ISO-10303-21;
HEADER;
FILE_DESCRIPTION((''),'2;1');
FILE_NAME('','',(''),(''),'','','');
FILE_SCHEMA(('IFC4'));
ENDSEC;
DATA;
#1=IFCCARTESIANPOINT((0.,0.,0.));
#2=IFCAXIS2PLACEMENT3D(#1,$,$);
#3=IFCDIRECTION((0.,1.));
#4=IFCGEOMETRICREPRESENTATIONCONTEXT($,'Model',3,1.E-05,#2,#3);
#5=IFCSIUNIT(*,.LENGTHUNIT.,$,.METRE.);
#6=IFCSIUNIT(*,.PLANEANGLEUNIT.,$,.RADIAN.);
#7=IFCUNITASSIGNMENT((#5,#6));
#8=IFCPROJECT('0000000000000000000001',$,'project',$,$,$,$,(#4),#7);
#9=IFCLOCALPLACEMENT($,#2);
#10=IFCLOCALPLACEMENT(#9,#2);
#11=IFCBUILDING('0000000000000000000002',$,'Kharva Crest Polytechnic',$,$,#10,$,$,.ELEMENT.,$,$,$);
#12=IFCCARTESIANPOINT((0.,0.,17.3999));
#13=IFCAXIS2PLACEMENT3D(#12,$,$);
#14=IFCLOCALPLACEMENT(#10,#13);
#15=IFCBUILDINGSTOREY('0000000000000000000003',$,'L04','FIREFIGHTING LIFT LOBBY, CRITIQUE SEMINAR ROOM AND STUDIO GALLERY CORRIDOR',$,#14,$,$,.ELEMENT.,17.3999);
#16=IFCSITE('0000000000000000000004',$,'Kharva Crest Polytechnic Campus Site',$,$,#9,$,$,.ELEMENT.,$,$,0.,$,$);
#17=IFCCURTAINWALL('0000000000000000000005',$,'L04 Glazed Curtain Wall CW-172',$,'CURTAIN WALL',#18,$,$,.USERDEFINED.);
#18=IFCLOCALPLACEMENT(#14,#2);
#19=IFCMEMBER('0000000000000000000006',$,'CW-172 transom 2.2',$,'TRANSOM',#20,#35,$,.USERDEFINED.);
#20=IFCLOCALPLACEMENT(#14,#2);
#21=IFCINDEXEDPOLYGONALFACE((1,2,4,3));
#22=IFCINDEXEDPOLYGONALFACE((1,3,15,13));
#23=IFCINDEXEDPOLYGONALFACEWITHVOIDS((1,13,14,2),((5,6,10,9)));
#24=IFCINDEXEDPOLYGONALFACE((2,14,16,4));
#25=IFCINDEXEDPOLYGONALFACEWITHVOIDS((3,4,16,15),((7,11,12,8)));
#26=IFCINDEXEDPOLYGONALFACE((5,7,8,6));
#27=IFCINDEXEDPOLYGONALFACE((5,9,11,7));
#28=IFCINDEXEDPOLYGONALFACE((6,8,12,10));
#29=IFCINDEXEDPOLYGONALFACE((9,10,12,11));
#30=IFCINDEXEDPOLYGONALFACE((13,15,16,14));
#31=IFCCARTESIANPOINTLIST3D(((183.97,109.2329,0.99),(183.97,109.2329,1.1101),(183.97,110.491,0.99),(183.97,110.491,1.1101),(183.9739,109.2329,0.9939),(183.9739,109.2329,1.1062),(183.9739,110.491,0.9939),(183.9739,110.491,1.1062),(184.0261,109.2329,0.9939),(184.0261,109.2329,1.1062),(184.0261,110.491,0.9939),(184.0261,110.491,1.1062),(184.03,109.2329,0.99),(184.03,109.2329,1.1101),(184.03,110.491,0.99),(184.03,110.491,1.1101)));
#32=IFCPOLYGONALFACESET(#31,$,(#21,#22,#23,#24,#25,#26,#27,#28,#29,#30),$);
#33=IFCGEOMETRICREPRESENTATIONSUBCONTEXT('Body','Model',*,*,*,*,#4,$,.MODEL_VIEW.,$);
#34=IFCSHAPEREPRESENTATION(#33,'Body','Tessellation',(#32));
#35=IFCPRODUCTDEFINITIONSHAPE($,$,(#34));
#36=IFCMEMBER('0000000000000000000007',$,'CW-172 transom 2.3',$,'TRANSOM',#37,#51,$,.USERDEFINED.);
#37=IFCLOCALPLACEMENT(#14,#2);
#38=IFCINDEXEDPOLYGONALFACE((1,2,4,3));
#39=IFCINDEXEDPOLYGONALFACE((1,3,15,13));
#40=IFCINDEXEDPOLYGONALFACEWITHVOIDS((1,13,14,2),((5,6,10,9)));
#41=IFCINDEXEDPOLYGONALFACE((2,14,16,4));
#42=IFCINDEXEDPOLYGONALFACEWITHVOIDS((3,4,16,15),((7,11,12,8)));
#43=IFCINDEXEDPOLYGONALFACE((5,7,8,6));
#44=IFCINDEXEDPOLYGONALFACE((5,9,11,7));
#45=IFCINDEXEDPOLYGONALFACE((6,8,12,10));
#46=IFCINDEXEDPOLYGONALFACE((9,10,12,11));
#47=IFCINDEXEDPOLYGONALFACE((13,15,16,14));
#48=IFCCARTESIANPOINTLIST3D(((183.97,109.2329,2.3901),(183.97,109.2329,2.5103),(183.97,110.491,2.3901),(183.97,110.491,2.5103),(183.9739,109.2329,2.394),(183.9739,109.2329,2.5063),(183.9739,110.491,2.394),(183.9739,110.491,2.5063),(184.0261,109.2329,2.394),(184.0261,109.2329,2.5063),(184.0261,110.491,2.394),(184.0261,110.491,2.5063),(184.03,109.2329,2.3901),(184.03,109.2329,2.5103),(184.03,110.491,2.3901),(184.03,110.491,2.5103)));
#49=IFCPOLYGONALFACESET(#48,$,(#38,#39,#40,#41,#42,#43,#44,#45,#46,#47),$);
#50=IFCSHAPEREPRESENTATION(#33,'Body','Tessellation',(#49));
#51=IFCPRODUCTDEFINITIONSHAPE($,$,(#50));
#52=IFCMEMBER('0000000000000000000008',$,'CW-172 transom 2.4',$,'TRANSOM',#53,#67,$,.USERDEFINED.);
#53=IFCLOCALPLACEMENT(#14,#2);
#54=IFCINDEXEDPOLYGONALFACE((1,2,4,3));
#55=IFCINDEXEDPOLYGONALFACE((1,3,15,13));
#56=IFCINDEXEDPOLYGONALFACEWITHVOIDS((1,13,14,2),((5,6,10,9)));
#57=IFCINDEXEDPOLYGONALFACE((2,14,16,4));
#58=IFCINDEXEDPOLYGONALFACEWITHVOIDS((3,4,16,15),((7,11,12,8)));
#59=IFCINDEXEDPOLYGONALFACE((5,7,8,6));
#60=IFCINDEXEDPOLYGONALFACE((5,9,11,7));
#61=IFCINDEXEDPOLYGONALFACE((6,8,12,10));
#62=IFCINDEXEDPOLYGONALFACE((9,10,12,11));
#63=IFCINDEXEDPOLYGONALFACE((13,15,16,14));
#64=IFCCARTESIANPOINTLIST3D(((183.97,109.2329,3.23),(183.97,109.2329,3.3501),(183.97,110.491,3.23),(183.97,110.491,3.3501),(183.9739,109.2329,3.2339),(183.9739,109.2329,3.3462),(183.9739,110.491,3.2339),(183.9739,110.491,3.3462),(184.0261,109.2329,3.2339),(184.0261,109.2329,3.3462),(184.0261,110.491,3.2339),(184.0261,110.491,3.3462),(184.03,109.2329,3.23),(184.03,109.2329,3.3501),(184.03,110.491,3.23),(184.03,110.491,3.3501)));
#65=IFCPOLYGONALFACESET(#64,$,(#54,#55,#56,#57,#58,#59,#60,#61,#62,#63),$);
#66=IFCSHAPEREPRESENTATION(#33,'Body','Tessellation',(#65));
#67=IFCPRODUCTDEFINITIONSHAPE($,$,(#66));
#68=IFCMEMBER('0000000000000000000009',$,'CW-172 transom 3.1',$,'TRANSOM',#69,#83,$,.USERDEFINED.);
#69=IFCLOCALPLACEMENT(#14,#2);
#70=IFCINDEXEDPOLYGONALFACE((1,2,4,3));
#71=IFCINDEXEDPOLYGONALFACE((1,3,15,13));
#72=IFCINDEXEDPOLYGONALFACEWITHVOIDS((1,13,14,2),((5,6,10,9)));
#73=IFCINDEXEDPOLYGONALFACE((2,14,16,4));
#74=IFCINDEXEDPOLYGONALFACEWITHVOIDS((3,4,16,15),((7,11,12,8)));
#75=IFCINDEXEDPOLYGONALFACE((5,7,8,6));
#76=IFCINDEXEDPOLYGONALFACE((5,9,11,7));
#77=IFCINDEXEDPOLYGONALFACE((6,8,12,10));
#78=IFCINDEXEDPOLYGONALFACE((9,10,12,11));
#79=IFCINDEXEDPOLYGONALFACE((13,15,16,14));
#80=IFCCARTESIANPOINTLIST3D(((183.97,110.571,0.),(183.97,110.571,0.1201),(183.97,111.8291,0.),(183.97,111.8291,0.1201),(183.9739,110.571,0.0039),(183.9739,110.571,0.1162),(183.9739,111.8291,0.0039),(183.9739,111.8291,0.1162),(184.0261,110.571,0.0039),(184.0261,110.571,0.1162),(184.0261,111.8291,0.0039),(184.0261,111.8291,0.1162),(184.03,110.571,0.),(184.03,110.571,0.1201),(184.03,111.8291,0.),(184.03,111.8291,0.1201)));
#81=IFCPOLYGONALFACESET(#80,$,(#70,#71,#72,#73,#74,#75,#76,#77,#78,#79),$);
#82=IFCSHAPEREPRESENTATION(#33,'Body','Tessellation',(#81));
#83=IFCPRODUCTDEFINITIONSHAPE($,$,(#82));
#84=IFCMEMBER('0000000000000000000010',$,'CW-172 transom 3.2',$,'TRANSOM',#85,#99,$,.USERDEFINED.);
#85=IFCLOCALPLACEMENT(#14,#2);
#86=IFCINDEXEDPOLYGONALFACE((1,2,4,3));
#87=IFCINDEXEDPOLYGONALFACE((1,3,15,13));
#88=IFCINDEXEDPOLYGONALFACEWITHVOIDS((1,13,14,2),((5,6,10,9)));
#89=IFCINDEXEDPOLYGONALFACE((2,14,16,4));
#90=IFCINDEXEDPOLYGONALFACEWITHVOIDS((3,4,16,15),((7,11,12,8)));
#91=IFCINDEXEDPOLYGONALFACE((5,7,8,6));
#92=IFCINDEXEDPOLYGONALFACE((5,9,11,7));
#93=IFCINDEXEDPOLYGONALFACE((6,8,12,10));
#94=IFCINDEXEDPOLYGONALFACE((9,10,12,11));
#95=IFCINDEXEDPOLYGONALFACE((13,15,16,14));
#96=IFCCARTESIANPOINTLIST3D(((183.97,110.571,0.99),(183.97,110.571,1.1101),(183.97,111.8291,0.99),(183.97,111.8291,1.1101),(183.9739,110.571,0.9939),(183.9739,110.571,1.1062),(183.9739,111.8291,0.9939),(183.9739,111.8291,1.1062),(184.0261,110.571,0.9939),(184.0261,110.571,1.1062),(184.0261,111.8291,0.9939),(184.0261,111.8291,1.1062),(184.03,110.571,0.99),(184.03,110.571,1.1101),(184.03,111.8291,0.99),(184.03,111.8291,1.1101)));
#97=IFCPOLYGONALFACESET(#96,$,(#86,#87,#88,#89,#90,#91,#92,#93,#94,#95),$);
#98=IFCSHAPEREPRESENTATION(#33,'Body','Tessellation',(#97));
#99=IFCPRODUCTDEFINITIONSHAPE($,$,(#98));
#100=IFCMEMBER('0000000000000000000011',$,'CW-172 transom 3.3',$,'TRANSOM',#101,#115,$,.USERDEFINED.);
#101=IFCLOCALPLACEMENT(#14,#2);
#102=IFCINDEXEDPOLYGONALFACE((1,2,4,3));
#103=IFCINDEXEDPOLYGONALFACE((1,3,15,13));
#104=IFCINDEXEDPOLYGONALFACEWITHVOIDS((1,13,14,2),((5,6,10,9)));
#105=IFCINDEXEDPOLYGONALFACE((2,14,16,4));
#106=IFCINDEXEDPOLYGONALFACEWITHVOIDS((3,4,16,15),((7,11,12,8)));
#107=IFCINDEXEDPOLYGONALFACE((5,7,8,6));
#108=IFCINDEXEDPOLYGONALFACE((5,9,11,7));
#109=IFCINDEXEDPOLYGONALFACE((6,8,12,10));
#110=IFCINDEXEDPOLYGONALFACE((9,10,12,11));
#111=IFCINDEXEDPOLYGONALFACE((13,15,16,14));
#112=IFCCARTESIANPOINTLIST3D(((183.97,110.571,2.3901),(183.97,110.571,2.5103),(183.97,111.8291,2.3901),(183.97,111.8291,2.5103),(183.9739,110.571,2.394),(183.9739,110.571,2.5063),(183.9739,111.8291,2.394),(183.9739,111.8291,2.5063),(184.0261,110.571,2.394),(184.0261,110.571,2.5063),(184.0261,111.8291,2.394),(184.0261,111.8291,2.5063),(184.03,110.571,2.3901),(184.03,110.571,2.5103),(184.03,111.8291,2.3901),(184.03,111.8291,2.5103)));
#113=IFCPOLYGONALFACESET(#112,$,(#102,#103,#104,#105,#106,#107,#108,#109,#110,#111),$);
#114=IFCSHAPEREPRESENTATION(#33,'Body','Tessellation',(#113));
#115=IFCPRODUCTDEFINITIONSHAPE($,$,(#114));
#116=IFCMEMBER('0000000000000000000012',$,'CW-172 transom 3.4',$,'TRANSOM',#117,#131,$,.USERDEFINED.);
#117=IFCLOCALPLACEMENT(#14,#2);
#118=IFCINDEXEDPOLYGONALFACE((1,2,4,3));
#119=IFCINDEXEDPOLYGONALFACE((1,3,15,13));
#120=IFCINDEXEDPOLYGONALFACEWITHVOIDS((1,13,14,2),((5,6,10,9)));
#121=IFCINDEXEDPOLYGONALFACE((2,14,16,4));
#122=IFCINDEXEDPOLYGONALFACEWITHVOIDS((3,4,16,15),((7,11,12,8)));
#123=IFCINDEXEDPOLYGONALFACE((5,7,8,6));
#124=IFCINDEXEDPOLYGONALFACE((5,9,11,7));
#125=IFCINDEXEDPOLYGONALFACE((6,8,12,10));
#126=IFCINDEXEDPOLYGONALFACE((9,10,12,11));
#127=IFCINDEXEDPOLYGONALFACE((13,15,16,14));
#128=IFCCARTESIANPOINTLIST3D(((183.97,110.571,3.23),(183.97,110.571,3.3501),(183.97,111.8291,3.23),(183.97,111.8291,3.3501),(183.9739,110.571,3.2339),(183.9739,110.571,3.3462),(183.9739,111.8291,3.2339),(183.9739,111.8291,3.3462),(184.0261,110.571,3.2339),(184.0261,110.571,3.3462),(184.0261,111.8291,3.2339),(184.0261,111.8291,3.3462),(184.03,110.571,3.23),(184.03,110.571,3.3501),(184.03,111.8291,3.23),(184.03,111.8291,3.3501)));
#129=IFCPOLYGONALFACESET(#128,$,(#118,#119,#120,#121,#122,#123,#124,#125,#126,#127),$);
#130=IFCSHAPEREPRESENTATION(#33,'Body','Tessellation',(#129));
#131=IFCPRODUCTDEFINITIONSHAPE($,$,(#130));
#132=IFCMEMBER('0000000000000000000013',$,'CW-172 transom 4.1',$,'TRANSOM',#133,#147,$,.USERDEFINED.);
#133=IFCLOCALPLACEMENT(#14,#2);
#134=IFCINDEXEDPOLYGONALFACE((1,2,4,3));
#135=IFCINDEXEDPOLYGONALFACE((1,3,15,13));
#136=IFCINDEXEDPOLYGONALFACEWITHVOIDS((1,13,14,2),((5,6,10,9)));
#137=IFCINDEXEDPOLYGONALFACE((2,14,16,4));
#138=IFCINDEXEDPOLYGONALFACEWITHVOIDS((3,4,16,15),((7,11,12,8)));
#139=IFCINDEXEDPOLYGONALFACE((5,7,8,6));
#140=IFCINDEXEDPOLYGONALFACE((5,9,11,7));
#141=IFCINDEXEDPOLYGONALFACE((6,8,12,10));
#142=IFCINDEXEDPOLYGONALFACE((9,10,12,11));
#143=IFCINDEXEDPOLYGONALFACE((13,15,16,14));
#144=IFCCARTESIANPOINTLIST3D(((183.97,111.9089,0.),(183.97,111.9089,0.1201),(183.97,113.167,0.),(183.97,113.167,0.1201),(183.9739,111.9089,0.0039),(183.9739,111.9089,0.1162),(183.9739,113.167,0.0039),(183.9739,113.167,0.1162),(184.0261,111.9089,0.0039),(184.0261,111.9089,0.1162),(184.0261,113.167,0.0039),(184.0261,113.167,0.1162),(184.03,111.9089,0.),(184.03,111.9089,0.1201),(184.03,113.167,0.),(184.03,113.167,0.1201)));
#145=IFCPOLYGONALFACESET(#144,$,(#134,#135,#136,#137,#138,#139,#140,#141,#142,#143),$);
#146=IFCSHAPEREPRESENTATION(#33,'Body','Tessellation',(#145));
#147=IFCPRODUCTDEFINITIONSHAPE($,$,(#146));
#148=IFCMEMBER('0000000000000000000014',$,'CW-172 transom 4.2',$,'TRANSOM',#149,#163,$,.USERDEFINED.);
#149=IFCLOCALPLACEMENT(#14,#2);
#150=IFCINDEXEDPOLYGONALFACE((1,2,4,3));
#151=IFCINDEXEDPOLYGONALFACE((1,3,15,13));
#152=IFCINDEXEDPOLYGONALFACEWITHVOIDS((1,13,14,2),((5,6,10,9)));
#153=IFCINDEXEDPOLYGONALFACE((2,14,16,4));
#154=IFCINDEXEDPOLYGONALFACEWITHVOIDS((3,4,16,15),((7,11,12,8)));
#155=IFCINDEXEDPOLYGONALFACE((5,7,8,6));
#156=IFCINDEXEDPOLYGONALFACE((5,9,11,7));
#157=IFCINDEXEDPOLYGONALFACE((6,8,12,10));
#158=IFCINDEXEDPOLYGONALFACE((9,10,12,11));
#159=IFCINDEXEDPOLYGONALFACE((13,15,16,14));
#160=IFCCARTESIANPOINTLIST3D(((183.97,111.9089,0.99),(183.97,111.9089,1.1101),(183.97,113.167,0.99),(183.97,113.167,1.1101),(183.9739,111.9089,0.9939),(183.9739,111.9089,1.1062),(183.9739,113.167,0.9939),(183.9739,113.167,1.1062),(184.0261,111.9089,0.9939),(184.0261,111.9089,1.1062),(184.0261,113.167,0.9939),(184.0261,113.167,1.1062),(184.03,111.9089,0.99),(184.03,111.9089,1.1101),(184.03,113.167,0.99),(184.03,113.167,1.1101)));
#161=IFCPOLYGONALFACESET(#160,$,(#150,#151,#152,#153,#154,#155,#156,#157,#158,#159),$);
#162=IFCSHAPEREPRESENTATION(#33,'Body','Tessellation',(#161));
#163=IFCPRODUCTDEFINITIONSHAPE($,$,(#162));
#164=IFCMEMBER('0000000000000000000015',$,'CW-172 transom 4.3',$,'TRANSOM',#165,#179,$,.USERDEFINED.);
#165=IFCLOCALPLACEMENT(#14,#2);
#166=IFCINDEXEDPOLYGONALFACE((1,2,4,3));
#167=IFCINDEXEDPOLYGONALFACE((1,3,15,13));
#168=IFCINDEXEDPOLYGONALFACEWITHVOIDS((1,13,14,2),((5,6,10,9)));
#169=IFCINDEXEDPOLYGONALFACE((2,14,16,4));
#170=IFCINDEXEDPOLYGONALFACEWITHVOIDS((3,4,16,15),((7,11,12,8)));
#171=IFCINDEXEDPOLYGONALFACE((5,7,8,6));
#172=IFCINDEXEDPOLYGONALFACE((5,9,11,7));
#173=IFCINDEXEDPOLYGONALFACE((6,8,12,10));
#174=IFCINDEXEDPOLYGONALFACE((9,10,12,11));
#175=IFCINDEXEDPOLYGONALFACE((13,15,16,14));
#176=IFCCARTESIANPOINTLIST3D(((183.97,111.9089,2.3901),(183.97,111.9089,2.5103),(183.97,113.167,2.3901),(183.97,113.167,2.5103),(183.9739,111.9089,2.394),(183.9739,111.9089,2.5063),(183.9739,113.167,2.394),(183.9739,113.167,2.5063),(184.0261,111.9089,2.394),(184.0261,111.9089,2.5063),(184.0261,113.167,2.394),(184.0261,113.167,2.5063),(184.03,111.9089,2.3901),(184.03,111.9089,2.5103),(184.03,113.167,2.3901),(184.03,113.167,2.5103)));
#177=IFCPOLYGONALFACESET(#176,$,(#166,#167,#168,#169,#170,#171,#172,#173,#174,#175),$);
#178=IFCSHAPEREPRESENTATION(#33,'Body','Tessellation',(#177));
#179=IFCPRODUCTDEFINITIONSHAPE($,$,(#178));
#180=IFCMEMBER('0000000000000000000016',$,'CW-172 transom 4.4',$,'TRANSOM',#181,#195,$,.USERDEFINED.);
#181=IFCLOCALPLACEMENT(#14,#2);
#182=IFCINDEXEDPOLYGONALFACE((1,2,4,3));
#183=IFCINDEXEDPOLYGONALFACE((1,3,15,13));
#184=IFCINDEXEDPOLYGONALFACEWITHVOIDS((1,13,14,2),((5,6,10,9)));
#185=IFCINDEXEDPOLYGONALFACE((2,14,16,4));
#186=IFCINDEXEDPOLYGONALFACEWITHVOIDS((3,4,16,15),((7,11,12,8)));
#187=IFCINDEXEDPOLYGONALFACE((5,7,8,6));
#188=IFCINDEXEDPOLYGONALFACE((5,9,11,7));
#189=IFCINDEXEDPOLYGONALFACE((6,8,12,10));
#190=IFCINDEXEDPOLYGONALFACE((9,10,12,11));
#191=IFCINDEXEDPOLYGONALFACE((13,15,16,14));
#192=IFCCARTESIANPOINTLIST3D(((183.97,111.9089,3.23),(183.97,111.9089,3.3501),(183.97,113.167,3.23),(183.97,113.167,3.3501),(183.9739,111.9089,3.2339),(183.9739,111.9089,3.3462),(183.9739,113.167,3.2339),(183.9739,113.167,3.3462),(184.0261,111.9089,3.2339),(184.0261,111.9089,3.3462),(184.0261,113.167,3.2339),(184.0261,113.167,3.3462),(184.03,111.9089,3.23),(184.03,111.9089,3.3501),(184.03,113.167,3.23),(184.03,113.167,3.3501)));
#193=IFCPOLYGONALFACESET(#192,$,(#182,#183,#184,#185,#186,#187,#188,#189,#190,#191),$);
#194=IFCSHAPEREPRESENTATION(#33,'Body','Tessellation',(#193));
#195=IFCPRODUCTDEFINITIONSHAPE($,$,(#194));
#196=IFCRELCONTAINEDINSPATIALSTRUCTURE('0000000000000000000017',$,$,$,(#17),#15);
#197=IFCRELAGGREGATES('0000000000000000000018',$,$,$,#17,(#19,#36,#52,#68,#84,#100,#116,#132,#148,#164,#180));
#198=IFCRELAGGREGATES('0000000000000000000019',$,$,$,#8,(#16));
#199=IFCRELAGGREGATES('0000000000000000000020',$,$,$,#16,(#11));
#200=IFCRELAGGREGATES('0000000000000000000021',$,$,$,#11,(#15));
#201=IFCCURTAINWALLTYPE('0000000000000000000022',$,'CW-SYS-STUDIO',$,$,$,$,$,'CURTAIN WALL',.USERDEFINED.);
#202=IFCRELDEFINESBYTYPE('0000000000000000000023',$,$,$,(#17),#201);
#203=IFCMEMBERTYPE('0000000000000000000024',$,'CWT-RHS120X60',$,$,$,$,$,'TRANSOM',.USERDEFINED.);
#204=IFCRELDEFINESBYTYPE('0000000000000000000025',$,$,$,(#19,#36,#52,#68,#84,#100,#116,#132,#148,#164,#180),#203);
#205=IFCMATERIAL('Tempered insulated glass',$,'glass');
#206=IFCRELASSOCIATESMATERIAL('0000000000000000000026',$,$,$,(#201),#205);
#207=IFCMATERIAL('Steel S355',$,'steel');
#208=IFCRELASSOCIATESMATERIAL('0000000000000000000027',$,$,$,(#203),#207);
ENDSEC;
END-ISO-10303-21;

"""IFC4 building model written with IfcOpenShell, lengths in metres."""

from ifc_helpers import new_model, si_unit, direction, frame, origin, origin_2d, place, context, subcontext, project, spatial, hollow_rectangle, extrude, material, material_profile, profile_set, type_object, element, aggregate, save


model = new_model("IFC4")

# Units and contexts
model_context = context("Model", 3, precision=1e-05, world=origin(), true_north=direction((0.0, 1.0)))
body_context = subcontext(model_context, "Body", "Model", "MODEL_VIEW")
ifc_project = project(units=[si_unit("LENGTHUNIT", "METRE"), si_unit("PLANEANGLEUNIT", "RADIAN")], contexts=[model_context])

# Site, building, storey
site_placement = place(None, origin())
site = spatial("IfcSite", under=ifc_project, at=site_placement, Name="Kharva Crest Polytechnic Campus Site", CompositionType="ELEMENT", RefElevation=0.0)
building_placement = place(site_placement, origin())
building = spatial("IfcBuilding", under=site, at=building_placement, Name="Kharva Crest Polytechnic", CompositionType="ELEMENT")
storey_placement = place(building_placement, frame((0.0, 0.0, 17.3999)))
storey = spatial("IfcBuildingStorey", under=building, at=storey_placement, Name="L04", Description="FIREFIGHTING LIFT LOBBY, CRITIQUE SEMINAR ROOM AND STUDIO GALLERY CORRIDOR", CompositionType="ELEMENT", Elevation=17.3999)

# Curtain wall, members
ifc_material_1 = material(Name="Tempered insulated glass", Category="glass")
curtain_wall_type = type_object("IfcCurtainWallType", Name="CW-SYS-STUDIO", ElementType="CURTAIN WALL", PredefinedType="USERDEFINED", material=ifc_material_1)
curtain_wall_placement = place(storey_placement, origin())
curtain_wall = element("IfcCurtainWall", 1, at=curtain_wall_placement, inside=storey, type_object=curtain_wall_type, Name="L04 Glazed Curtain Wall CW-172", ObjectType="CURTAIN WALL", PredefinedType="USERDEFINED")
ifc_material_2 = material(Name="Steel S355", Category="steel")
ifc_material_profile_1 = material_profile(ifc_material_2, hollow_rectangle(XDim=0.0601, YDim=0.1201, WallThickness=0.0039, at=origin_2d()), Name="RHS 120X60X4.0")
ifc_profile_set_1 = profile_set([ifc_material_profile_1], Name="Steel S355")
member_type_1 = type_object("IfcMemberType", Name="CWT-RHS120X60", ElementType="TRANSOM", PredefinedType="USERDEFINED", material=ifc_profile_set_1)
member_1_placement = place(storey_placement, frame((184.0, 109.2329, 1.05), z_axis=(0.0, 1.0, 0.0), x_axis=(-1.0, 0.0, 0.0)))
member_1 = element("IfcMember", 2, at=member_1_placement, type_object=member_type_1, Name="CW-172 transom 2.2", ObjectType="TRANSOM", PredefinedType="USERDEFINED", context=body_context, shape_type="SweptSolid", body=[
    extrude(hollow_rectangle(XDim=0.0601, YDim=0.1201, WallThickness=0.0039, at=origin_2d()), origin(), (0.0, 0.0, 1.0), 1.2581),
])
member_2_placement = place(storey_placement, frame((184.0, 109.2329, 2.4502), z_axis=(0.0, 1.0, 0.0), x_axis=(-1.0, 0.0, 0.0)))
member_2 = element("IfcMember", 3, at=member_2_placement, type_object=member_type_1, Name="CW-172 transom 2.3", ObjectType="TRANSOM", PredefinedType="USERDEFINED", context=body_context, shape_type="SweptSolid", body=[
    extrude(hollow_rectangle(XDim=0.0601, YDim=0.1201, WallThickness=0.0039, at=origin_2d()), origin(), (0.0, 0.0, 1.0), 1.2581),
])
member_3_placement = place(storey_placement, frame((184.0, 109.2329, 3.29), z_axis=(0.0, 1.0, 0.0), x_axis=(-1.0, 0.0, 0.0)))
member_3 = element("IfcMember", 4, at=member_3_placement, type_object=member_type_1, Name="CW-172 transom 2.4", ObjectType="TRANSOM", PredefinedType="USERDEFINED", context=body_context, shape_type="SweptSolid", body=[
    extrude(hollow_rectangle(XDim=0.0601, YDim=0.1201, WallThickness=0.0039, at=origin_2d()), origin(), (0.0, 0.0, 1.0), 1.2581),
])
member_4_placement = place(storey_placement, frame((184.0, 110.571, 0.0601), z_axis=(0.0, 1.0, 0.0), x_axis=(-1.0, 0.0, 0.0)))
member_4 = element("IfcMember", 5, at=member_4_placement, type_object=member_type_1, Name="CW-172 transom 3.1", ObjectType="TRANSOM", PredefinedType="USERDEFINED", context=body_context, shape_type="SweptSolid", body=[
    extrude(hollow_rectangle(XDim=0.0601, YDim=0.1201, WallThickness=0.0039, at=origin_2d()), origin(), (0.0, 0.0, 1.0), 1.2581),
])
member_5_placement = place(storey_placement, frame((184.0, 110.571, 1.05), z_axis=(0.0, 1.0, 0.0), x_axis=(-1.0, 0.0, 0.0)))
member_5 = element("IfcMember", 6, at=member_5_placement, type_object=member_type_1, Name="CW-172 transom 3.2", ObjectType="TRANSOM", PredefinedType="USERDEFINED", context=body_context, shape_type="SweptSolid", body=[
    extrude(hollow_rectangle(XDim=0.0601, YDim=0.1201, WallThickness=0.0039, at=origin_2d()), origin(), (0.0, 0.0, 1.0), 1.2581),
])
member_6_placement = place(storey_placement, frame((184.0, 110.571, 2.4502), z_axis=(0.0, 1.0, 0.0), x_axis=(-1.0, 0.0, 0.0)))
member_6 = element("IfcMember", 7, at=member_6_placement, type_object=member_type_1, Name="CW-172 transom 3.3", ObjectType="TRANSOM", PredefinedType="USERDEFINED", context=body_context, shape_type="SweptSolid", body=[
    extrude(hollow_rectangle(XDim=0.0601, YDim=0.1201, WallThickness=0.0039, at=origin_2d()), origin(), (0.0, 0.0, 1.0), 1.2581),
])
member_7_placement = place(storey_placement, frame((184.0, 110.571, 3.29), z_axis=(0.0, 1.0, 0.0), x_axis=(-1.0, 0.0, 0.0)))
member_7 = element("IfcMember", 8, at=member_7_placement, type_object=member_type_1, Name="CW-172 transom 3.4", ObjectType="TRANSOM", PredefinedType="USERDEFINED", context=body_context, shape_type="SweptSolid", body=[
    extrude(hollow_rectangle(XDim=0.0601, YDim=0.1201, WallThickness=0.0039, at=origin_2d()), origin(), (0.0, 0.0, 1.0), 1.2581),
])
member_8_placement = place(storey_placement, frame((184.0, 111.9089, 0.0601), z_axis=(0.0, 1.0, 0.0), x_axis=(-1.0, 0.0, 0.0)))
member_8 = element("IfcMember", 9, at=member_8_placement, type_object=member_type_1, Name="CW-172 transom 4.1", ObjectType="TRANSOM", PredefinedType="USERDEFINED", context=body_context, shape_type="SweptSolid", body=[
    extrude(hollow_rectangle(XDim=0.0601, YDim=0.1201, WallThickness=0.0039, at=origin_2d()), origin(), (0.0, 0.0, 1.0), 1.2581),
])
member_9_placement = place(storey_placement, frame((184.0, 111.9089, 1.05), z_axis=(0.0, 1.0, 0.0), x_axis=(-1.0, 0.0, 0.0)))
member_9 = element("IfcMember", 10, at=member_9_placement, type_object=member_type_1, Name="CW-172 transom 4.2", ObjectType="TRANSOM", PredefinedType="USERDEFINED", context=body_context, shape_type="SweptSolid", body=[
    extrude(hollow_rectangle(XDim=0.0601, YDim=0.1201, WallThickness=0.0039, at=origin_2d()), origin(), (0.0, 0.0, 1.0), 1.2581),
])
member_10_placement = place(storey_placement, frame((184.0, 111.9089, 2.4502), z_axis=(0.0, 1.0, 0.0), x_axis=(-1.0, 0.0, 0.0)))
member_10 = element("IfcMember", 11, at=member_10_placement, type_object=member_type_1, Name="CW-172 transom 4.3", ObjectType="TRANSOM", PredefinedType="USERDEFINED", context=body_context, shape_type="SweptSolid", body=[
    extrude(hollow_rectangle(XDim=0.0601, YDim=0.1201, WallThickness=0.0039, at=origin_2d()), origin(), (0.0, 0.0, 1.0), 1.2581),
])
member_11_placement = place(storey_placement, frame((184.0, 111.9089, 3.29), z_axis=(0.0, 1.0, 0.0), x_axis=(-1.0, 0.0, 0.0)))
member_11 = element("IfcMember", 12, at=member_11_placement, type_object=member_type_1, Name="CW-172 transom 4.4", ObjectType="TRANSOM", PredefinedType="USERDEFINED", context=body_context, shape_type="SweptSolid", body=[
    extrude(hollow_rectangle(XDim=0.0601, YDim=0.1201, WallThickness=0.0039, at=origin_2d()), origin(), (0.0, 0.0, 1.0), 1.2581),
])
aggregate(curtain_wall, [member_1, member_2, member_3, member_4, member_5, member_6, member_7, member_8, member_9, member_10, member_11])

save(model, "model.ifc")
